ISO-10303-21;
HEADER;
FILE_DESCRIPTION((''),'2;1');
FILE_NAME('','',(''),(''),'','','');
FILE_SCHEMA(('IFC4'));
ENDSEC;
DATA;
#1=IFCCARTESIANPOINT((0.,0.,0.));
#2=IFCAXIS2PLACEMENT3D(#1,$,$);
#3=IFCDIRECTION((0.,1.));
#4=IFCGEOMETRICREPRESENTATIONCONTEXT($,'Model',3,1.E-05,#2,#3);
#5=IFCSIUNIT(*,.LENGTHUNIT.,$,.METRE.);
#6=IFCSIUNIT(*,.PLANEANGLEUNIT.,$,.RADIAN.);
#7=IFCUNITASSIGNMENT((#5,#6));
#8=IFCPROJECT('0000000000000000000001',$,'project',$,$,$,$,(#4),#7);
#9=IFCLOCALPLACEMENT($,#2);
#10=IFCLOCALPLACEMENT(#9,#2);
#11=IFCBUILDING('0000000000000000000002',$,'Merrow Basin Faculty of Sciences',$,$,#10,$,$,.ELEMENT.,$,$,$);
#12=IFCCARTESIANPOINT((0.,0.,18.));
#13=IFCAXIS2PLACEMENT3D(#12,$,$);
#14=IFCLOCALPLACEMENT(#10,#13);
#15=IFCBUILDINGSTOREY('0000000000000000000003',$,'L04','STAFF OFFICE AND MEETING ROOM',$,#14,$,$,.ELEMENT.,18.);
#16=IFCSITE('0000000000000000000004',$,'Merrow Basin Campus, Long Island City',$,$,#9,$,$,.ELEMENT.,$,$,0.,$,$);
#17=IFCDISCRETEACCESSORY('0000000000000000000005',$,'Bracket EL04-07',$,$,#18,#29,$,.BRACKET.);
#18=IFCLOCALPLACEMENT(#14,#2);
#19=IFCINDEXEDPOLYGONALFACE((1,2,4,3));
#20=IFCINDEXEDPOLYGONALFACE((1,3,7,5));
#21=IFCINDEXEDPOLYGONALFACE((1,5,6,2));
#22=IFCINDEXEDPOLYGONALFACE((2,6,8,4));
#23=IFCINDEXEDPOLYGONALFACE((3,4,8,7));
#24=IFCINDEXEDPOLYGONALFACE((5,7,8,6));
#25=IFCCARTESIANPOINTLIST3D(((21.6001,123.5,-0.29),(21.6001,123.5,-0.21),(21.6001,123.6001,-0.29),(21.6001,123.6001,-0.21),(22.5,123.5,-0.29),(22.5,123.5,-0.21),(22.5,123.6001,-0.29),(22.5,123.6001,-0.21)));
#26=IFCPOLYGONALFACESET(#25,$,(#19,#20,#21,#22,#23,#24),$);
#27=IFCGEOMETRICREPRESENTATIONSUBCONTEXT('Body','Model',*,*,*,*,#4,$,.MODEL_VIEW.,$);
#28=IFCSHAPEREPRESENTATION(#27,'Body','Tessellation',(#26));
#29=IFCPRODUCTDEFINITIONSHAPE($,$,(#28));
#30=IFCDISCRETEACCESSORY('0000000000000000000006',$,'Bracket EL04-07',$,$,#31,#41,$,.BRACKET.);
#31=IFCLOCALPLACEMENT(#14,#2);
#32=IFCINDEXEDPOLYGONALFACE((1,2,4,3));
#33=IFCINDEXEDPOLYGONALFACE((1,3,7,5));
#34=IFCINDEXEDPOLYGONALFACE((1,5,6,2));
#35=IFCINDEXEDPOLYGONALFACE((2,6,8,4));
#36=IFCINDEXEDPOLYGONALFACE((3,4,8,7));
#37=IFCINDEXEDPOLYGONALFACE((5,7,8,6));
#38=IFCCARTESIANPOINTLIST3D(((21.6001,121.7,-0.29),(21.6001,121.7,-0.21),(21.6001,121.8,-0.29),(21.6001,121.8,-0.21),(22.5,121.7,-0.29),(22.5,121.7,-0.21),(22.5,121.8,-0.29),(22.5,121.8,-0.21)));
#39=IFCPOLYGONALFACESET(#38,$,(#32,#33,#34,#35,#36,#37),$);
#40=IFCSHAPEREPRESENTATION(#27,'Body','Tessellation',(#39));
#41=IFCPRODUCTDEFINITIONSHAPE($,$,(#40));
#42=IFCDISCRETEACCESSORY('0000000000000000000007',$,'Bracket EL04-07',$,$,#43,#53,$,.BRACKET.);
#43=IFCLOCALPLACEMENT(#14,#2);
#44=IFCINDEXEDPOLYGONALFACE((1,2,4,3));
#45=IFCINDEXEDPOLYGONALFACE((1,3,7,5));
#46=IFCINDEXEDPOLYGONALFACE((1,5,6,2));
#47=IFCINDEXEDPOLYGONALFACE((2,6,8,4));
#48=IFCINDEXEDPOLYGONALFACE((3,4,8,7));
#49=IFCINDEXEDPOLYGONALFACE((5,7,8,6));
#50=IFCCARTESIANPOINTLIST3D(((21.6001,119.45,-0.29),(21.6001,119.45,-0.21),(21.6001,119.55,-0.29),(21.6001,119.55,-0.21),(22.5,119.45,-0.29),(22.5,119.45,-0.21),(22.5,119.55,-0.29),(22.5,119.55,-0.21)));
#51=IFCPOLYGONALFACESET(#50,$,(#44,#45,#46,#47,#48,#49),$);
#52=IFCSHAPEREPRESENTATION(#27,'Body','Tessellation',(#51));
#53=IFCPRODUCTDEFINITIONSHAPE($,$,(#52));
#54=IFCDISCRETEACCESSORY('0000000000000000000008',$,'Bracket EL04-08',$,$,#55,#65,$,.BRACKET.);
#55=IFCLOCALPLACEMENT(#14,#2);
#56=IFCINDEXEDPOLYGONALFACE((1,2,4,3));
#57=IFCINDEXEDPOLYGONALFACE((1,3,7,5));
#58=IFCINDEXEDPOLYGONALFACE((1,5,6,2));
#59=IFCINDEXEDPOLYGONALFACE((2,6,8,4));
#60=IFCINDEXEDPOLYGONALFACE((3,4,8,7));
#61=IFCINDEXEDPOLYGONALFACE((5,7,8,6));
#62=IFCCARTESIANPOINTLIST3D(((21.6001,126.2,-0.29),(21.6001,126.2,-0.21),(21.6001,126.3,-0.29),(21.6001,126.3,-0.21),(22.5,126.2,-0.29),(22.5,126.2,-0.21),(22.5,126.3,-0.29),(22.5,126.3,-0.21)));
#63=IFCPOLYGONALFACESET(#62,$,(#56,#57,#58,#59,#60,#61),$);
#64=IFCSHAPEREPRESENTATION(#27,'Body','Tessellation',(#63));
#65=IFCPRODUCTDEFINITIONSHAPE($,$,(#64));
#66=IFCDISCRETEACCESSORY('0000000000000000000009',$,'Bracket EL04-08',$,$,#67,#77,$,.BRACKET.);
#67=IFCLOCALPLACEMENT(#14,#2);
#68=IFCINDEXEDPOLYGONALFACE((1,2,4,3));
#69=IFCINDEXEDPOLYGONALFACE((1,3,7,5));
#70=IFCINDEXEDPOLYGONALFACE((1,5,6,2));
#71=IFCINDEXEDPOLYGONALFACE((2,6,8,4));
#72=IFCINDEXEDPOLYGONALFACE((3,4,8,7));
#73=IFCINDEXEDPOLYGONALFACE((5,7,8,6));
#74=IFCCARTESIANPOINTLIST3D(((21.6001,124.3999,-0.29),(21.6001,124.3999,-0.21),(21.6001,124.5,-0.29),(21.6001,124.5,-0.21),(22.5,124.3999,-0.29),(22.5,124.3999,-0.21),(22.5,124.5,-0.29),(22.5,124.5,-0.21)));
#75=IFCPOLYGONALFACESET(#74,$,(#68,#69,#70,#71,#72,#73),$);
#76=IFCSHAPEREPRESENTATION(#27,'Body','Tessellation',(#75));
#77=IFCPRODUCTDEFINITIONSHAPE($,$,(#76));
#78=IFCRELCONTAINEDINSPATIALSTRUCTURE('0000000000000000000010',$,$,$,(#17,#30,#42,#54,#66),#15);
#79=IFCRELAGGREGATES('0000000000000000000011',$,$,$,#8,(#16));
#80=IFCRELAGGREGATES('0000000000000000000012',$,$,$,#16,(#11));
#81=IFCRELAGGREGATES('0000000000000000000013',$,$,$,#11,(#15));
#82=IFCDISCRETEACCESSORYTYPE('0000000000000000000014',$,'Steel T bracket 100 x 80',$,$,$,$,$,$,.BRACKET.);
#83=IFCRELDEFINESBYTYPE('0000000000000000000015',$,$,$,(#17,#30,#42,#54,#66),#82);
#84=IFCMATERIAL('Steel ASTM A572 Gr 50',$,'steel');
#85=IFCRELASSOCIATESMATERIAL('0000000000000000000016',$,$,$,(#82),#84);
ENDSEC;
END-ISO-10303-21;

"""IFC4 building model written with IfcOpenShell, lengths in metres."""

from ifc_helpers import new_model, si_unit, direction, frame, origin, place, context, subcontext, project, spatial, polyline, outline, extrude, source, transform, mapped, material, type_object, element, save


model = new_model("IFC4")

# Units and contexts
model_context = context("Model", 3, precision=1e-05, world=origin(), true_north=direction((0.0, 1.0)))
body_context = subcontext(model_context, "Body", "Model", "MODEL_VIEW")
ifc_project = project(units=[si_unit("LENGTHUNIT", "METRE"), si_unit("PLANEANGLEUNIT", "RADIAN")], contexts=[model_context])

# Site, building, storey
site_placement = place(None, origin())
site = spatial("IfcSite", under=ifc_project, at=site_placement, Name="Merrow Basin Campus, Long Island City", CompositionType="ELEMENT", RefElevation=0.0)
building_placement = place(site_placement, origin())
building = spatial("IfcBuilding", under=site, at=building_placement, Name="Merrow Basin Faculty of Sciences", CompositionType="ELEMENT")
storey_placement = place(building_placement, frame((0.0, 0.0, 18.0)))
storey = spatial("IfcBuildingStorey", under=building, at=storey_placement, Name="L04", Description="STAFF OFFICE AND MEETING ROOM", CompositionType="ELEMENT", Elevation=18.0)

# Discrete accessories
ifc_material_1 = material(Name="Steel ASTM A572 Gr 50", Category="steel")
discrete_accessory_type = type_object("IfcDiscreteAccessoryType", Name="Steel T bracket 100 x 80", PredefinedType="BRACKET", material=ifc_material_1)
shared_shape_1 = source(origin(), body_context, "Body", "SweptSolid", [
    extrude(outline(polyline([(0.0, 0.0), (0.1001, 0.0), (0.1001, 0.0801), (0.0, 0.0801), (0.0, 0.0)])), origin(), (0.0, 0.0, 1.0), 0.8999),
])
for number, where, z_axis, x_axis, name in (
    (1, (22.5, 123.6001, -0.29), (-1.0, 0.0, 0.0), (0.0, -1.0, 0.0), "Bracket EL04-07"),
    (2, (22.5, 121.8, -0.29), (-1.0, 0.0, 0.0), (0.0, -1.0, 0.0), "Bracket EL04-07"),
    (3, (22.5, 119.55, -0.29), (-1.0, 0.0, 0.0), (0.0, -1.0, 0.0), "Bracket EL04-07"),
    (4, (22.5, 126.3, -0.29), (-1.0, 0.0, 0.0), (0.0, -1.0, 0.0), "Bracket EL04-08"),
    (5, (22.5, 124.5, -0.29), (-1.0, 0.0, 0.0), (0.0, -1.0, 0.0), "Bracket EL04-08"),
):
    element("IfcDiscreteAccessory", number, at=place(storey_placement, frame(where, z_axis=z_axis, x_axis=x_axis)), inside=storey, type_object=discrete_accessory_type, Name=name, PredefinedType="BRACKET", context=body_context, shape_type="MappedRepresentation", body=[
        mapped(shared_shape_1, transform((0.0, 0.0, 0.0), scale=1.0)),
    ])

save(model, "model.ifc")
